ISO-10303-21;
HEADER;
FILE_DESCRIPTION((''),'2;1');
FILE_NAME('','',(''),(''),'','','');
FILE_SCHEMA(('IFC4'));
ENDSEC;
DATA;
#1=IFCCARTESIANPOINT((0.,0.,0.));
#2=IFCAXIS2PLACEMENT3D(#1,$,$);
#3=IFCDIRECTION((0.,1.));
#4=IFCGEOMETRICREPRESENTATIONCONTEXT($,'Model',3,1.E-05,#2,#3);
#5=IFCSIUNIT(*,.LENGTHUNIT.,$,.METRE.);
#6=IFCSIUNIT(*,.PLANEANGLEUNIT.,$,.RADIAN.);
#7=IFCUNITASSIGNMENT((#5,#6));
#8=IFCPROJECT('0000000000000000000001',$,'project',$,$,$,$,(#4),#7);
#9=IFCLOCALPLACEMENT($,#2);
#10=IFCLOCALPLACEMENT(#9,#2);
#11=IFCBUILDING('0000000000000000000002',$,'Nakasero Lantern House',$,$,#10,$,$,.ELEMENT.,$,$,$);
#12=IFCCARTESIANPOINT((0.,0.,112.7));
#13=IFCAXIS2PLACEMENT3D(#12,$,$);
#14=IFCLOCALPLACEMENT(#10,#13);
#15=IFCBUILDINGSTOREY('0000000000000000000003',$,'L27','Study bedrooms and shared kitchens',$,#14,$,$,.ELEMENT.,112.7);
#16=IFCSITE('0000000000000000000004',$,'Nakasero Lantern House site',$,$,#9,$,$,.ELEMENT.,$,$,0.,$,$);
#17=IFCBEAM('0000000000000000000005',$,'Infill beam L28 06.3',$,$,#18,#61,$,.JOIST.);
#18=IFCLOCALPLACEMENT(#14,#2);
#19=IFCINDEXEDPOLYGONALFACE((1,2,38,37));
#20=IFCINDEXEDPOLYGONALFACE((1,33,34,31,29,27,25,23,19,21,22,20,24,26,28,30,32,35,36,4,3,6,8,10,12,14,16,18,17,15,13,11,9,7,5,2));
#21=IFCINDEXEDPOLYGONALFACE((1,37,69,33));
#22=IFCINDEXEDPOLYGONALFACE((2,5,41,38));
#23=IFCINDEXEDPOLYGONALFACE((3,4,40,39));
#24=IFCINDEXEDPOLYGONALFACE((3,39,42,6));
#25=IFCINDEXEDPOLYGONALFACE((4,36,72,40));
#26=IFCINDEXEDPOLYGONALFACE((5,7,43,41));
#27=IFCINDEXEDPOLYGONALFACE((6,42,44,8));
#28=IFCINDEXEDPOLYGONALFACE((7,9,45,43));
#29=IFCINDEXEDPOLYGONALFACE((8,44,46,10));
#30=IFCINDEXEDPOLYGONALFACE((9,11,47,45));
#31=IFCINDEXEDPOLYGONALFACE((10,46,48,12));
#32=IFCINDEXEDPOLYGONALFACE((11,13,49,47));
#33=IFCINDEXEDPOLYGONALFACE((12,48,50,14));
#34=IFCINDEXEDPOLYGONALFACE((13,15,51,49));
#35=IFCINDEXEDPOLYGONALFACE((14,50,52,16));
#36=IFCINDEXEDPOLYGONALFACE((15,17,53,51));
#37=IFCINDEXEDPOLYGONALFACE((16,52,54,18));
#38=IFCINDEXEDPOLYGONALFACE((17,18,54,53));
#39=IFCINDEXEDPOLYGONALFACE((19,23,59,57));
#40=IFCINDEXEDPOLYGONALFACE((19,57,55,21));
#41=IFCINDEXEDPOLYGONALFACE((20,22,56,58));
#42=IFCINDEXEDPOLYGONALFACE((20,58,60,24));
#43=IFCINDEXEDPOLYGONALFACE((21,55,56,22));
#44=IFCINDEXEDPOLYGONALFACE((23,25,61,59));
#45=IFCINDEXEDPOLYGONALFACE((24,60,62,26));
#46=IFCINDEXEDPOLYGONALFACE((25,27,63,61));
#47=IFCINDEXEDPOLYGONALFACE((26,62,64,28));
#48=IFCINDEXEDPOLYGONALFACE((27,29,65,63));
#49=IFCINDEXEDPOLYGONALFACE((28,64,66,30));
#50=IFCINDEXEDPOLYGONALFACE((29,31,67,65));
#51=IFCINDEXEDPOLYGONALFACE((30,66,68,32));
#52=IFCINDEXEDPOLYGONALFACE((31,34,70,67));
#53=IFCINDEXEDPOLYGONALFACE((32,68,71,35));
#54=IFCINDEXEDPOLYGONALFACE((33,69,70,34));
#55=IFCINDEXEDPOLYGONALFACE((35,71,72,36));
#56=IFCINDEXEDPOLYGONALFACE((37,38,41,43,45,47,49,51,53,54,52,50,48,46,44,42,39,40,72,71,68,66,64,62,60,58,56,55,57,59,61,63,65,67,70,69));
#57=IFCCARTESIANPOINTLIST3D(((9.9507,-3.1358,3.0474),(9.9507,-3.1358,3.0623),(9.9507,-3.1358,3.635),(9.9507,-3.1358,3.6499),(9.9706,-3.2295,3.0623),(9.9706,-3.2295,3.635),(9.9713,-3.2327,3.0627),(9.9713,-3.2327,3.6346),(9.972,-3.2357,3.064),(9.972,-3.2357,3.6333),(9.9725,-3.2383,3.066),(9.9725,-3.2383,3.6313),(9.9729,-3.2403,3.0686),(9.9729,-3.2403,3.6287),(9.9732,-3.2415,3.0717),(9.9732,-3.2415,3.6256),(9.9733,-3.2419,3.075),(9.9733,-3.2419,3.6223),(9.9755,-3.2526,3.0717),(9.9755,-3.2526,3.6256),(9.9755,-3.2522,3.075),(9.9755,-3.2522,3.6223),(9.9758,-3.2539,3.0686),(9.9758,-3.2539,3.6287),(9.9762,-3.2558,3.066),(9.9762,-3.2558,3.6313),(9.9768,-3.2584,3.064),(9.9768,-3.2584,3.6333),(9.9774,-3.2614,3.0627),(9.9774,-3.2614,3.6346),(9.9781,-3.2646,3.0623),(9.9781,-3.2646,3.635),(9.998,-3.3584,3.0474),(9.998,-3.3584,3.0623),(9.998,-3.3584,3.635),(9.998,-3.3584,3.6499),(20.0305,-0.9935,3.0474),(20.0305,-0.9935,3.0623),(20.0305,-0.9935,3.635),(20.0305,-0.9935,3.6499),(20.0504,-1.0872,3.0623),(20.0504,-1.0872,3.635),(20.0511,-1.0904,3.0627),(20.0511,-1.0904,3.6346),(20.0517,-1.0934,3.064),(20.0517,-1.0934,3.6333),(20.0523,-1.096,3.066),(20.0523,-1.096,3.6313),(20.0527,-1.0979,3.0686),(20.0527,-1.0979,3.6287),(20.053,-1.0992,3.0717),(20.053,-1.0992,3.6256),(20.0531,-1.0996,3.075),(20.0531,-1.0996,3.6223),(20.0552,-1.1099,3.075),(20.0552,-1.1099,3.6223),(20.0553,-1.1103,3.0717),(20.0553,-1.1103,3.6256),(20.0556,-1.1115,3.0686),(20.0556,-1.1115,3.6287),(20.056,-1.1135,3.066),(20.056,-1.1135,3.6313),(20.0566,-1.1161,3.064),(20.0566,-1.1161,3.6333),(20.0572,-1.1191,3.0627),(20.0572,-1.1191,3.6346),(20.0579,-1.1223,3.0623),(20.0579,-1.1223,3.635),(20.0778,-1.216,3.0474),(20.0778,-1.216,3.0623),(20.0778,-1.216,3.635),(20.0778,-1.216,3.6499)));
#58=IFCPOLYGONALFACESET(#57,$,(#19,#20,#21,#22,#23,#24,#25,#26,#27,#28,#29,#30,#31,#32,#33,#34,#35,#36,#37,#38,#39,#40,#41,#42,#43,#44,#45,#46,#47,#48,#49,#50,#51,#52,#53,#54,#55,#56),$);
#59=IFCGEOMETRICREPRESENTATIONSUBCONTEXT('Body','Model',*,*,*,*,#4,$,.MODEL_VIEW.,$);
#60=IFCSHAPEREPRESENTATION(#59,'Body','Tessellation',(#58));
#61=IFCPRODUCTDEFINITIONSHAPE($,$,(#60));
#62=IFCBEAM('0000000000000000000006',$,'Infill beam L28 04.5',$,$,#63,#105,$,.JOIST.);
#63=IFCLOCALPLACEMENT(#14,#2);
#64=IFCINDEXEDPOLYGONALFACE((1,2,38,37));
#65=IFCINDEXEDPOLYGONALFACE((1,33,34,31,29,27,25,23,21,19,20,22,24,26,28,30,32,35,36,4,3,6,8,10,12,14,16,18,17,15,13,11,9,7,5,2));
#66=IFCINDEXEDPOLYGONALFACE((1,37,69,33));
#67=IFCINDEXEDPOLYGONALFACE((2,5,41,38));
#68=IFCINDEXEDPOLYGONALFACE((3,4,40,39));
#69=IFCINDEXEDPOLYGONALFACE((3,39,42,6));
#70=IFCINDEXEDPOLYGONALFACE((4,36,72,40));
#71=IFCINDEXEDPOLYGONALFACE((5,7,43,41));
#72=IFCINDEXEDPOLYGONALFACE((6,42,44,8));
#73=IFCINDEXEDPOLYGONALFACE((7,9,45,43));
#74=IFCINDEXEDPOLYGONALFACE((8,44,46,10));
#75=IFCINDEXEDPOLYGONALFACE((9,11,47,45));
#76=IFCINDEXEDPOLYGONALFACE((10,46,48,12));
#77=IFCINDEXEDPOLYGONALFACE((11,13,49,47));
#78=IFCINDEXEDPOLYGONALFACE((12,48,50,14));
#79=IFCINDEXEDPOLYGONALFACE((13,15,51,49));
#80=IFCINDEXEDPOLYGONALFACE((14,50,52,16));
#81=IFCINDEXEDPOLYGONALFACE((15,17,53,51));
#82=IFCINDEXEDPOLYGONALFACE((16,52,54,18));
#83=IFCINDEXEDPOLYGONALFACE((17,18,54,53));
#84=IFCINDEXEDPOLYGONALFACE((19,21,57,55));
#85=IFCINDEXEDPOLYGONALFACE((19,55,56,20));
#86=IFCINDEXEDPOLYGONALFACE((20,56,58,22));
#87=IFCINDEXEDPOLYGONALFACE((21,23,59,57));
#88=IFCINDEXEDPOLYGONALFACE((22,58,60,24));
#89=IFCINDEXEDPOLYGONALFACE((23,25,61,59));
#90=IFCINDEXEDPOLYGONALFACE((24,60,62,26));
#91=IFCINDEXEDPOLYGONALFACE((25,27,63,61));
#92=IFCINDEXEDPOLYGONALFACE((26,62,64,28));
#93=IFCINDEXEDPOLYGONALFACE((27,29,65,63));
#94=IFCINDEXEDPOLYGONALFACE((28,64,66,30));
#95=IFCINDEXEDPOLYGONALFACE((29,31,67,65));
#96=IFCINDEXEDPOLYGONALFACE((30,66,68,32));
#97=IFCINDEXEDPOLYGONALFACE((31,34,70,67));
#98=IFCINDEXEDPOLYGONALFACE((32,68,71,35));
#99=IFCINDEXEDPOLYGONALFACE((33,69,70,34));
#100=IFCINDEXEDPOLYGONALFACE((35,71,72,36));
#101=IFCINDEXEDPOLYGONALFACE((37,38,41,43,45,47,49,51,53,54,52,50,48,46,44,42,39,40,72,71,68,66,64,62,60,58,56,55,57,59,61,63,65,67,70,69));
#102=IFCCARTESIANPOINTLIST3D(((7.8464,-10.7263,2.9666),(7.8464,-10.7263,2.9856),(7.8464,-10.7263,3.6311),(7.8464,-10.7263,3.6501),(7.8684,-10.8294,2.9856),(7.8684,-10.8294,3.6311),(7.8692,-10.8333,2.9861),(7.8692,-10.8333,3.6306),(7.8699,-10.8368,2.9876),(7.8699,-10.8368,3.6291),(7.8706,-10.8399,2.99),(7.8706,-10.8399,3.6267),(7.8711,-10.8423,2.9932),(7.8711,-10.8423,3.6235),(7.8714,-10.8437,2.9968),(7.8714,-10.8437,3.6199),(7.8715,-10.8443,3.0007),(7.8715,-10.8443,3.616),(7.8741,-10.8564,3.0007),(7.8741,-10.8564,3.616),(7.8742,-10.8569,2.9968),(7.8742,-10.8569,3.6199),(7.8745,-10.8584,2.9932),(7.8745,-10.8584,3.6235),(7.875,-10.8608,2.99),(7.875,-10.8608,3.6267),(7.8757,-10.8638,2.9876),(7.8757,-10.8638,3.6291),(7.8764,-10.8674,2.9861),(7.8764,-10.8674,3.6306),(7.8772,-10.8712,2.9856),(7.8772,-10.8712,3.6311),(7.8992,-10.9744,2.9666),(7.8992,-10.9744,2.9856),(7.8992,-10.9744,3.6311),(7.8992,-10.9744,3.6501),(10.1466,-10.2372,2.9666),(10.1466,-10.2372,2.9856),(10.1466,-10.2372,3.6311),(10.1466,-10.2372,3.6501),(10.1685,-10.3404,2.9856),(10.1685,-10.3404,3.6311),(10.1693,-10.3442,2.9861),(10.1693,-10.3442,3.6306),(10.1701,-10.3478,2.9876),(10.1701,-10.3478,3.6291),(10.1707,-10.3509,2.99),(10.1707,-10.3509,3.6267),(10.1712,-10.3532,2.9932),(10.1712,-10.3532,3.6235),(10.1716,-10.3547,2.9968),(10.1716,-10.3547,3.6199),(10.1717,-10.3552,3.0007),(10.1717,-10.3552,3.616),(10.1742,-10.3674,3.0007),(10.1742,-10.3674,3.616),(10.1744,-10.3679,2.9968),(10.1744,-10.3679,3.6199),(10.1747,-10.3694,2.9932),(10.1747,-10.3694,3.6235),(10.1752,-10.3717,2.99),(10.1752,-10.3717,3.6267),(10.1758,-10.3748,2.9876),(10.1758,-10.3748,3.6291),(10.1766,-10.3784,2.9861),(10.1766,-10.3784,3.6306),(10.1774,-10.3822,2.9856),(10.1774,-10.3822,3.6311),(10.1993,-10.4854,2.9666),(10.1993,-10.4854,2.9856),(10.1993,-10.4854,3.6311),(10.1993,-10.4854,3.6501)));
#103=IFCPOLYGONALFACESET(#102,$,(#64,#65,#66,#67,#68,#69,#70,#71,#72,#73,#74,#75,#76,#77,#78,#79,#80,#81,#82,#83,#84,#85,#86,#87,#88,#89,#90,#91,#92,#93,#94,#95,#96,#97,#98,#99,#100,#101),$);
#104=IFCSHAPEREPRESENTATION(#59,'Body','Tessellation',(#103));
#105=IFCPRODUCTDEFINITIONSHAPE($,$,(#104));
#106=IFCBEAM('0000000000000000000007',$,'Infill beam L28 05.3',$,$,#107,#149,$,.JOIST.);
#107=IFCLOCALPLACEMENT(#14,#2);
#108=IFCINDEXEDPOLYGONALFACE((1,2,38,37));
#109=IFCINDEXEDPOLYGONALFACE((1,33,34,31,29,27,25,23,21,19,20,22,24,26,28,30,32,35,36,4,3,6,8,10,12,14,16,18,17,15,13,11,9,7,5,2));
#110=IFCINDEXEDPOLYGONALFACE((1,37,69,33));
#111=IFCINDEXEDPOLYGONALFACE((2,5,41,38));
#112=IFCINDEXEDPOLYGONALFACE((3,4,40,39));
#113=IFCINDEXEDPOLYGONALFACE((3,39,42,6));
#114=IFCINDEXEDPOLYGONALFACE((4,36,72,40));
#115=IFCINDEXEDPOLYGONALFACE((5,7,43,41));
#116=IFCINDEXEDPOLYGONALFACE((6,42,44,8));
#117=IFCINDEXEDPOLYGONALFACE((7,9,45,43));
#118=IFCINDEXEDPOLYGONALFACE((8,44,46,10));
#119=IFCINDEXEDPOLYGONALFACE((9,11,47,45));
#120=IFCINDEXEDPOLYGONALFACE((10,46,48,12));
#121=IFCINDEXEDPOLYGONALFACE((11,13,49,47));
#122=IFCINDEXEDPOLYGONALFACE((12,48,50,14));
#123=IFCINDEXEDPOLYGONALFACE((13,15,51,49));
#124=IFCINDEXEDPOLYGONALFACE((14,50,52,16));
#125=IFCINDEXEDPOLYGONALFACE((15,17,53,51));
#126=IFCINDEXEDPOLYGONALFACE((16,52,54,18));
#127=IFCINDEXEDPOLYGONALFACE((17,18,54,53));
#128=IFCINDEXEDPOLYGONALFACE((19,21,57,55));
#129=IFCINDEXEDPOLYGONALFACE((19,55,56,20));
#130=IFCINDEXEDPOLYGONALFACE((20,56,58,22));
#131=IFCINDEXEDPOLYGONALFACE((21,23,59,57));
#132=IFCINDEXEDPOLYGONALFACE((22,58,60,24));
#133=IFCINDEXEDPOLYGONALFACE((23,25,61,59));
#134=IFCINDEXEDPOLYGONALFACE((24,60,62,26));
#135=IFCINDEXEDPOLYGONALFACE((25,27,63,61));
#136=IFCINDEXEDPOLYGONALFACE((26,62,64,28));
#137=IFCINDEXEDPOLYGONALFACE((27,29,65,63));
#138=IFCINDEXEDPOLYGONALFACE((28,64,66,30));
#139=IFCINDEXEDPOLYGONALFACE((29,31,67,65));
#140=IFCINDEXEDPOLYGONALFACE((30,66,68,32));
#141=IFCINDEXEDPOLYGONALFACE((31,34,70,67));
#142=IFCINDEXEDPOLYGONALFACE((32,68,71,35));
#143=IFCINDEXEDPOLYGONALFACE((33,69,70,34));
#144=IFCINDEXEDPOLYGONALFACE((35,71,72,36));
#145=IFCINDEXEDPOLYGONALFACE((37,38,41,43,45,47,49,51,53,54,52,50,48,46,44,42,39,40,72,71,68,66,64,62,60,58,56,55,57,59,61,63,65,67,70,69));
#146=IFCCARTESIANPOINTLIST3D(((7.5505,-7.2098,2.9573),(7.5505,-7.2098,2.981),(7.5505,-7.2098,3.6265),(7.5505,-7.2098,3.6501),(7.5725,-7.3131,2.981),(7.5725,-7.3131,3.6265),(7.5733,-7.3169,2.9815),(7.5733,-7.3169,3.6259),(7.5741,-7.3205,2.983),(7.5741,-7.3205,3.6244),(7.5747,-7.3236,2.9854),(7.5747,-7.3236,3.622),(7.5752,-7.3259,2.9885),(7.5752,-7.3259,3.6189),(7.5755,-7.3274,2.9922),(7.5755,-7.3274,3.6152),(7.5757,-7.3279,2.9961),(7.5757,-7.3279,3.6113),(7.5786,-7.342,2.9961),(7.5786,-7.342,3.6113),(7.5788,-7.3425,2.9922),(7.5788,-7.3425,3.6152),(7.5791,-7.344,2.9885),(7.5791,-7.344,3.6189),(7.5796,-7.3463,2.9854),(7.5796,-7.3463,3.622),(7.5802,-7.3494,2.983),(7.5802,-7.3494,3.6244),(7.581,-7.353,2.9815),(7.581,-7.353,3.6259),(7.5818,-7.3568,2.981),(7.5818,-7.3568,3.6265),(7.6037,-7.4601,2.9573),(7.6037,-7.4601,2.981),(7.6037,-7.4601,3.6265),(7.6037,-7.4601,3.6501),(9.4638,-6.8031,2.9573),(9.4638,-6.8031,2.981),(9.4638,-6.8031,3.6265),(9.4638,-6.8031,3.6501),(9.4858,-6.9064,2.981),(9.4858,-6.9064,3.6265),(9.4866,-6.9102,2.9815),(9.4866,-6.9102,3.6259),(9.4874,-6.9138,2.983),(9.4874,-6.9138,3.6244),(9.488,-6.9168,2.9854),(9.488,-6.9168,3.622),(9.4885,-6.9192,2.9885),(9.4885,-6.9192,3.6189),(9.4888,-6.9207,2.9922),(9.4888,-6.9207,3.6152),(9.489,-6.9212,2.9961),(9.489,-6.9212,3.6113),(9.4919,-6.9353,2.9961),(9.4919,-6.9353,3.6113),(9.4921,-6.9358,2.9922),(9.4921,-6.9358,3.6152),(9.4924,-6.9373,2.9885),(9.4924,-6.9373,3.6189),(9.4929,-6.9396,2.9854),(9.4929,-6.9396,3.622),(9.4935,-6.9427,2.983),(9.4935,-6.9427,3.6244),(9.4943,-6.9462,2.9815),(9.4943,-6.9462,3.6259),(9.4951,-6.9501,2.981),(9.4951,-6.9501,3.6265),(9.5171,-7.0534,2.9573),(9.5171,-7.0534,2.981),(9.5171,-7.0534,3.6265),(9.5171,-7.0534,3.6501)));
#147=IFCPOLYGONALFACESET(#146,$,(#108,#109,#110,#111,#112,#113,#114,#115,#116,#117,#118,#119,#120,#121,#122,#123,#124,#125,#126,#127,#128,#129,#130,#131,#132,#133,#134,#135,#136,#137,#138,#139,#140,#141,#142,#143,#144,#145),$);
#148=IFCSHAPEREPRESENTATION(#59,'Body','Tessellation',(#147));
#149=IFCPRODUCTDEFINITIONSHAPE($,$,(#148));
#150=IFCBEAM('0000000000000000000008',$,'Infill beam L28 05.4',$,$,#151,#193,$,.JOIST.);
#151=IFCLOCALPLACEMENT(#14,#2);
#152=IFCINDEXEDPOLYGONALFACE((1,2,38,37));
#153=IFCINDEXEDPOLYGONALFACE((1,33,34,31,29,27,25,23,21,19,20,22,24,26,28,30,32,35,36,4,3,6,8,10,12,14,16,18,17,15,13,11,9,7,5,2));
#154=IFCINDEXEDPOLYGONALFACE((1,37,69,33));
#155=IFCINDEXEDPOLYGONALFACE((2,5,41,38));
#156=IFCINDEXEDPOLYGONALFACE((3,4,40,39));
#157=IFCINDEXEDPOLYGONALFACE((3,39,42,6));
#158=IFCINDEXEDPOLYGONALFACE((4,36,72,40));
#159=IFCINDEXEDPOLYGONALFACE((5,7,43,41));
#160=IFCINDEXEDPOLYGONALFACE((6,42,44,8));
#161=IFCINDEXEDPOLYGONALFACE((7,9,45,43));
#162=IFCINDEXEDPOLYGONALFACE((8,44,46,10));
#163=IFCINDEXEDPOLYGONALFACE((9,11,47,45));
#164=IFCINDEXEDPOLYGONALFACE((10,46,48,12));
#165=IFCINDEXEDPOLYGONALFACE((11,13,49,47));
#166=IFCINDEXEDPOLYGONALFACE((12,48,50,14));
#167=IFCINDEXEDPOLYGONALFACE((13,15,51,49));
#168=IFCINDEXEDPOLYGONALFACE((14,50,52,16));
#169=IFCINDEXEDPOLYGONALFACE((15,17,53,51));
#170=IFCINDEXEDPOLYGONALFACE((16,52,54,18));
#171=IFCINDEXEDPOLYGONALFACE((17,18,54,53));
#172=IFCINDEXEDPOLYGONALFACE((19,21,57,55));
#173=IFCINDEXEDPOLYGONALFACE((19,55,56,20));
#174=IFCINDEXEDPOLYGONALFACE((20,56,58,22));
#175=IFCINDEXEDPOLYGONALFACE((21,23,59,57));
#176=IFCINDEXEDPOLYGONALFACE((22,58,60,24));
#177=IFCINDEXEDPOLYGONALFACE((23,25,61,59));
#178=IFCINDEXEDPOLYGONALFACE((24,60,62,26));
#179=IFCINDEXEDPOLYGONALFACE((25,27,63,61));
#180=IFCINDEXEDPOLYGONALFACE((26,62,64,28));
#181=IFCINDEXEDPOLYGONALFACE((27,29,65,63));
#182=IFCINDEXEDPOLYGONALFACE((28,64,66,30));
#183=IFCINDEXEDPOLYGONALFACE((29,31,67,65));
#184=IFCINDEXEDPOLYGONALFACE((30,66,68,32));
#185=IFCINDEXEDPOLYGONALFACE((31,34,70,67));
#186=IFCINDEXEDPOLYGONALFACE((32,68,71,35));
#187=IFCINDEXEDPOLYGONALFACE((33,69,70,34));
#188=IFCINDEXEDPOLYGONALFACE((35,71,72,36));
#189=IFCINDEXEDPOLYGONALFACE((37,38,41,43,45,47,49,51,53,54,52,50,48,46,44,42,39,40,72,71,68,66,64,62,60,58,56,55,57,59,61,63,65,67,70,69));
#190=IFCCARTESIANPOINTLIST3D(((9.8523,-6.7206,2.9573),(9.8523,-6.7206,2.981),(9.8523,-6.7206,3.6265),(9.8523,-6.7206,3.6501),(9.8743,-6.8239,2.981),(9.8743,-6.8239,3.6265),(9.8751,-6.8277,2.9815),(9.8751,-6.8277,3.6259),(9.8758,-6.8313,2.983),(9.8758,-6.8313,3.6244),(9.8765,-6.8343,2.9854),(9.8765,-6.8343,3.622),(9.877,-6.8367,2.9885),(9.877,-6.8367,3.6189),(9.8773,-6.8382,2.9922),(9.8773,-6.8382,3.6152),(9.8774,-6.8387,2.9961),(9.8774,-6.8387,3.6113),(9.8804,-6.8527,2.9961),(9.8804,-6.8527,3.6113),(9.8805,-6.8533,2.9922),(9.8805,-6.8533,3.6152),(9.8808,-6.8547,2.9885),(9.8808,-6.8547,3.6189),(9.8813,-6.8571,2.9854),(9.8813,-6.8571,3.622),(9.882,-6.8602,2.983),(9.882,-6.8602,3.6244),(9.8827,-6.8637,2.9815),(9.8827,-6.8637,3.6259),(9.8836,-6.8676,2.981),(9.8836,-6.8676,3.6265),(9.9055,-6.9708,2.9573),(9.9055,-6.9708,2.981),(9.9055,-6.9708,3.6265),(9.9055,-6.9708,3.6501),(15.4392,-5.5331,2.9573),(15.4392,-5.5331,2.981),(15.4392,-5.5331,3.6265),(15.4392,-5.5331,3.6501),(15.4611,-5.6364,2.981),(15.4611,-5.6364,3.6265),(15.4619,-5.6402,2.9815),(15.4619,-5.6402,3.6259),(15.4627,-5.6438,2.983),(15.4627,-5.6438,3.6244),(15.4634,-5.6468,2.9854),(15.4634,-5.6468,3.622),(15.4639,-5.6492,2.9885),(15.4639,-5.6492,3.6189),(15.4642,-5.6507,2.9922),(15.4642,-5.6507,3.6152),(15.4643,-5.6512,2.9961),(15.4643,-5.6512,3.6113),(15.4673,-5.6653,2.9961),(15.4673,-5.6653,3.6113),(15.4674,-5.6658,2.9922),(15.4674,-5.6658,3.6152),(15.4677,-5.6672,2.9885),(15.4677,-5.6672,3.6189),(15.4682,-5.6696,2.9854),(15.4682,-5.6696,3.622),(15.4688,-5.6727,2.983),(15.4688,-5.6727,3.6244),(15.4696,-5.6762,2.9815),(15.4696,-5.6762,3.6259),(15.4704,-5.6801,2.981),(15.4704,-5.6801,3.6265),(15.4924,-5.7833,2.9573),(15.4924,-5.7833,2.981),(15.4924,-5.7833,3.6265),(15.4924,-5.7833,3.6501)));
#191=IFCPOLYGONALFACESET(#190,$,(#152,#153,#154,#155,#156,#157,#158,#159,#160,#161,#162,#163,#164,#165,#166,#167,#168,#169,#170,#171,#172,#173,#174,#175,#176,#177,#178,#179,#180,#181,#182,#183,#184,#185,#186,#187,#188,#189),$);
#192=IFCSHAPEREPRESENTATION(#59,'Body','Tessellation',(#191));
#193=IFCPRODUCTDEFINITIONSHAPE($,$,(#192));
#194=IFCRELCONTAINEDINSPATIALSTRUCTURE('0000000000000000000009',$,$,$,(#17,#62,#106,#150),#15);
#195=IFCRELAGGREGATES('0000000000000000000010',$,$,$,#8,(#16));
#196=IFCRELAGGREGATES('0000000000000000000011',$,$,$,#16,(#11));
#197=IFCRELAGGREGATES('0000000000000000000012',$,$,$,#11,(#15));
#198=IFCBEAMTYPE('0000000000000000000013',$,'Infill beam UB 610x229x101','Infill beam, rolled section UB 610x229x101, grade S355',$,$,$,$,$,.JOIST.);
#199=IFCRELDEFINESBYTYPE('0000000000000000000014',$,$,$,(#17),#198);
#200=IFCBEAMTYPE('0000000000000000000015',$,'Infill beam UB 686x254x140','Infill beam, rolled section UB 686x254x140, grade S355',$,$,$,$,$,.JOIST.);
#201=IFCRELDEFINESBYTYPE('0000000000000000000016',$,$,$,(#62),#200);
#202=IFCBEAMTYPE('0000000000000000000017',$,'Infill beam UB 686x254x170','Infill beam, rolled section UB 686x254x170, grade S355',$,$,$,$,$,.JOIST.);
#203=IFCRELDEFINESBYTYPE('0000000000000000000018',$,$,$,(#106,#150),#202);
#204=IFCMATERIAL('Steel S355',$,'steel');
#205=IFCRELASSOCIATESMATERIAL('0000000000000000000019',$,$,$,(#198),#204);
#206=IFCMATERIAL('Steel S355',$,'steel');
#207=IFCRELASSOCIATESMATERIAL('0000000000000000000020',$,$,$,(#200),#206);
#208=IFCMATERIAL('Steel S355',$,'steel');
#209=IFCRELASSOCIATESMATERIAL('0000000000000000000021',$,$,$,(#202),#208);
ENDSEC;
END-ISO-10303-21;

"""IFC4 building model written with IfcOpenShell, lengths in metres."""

from ifc_helpers import new_model, si_unit, direction, frame, origin, origin_2d, place, context, subcontext, project, spatial, i_section, extrude, material, material_profile, profile_set, type_object, element, save


model = new_model("IFC4")

# Units and contexts
model_context = context("Model", 3, precision=1e-05, world=origin(), true_north=direction((0.0, 1.0)))
body_context = subcontext(model_context, "Body", "Model", "MODEL_VIEW")
ifc_project = project(units=[si_unit("LENGTHUNIT", "METRE"), si_unit("PLANEANGLEUNIT", "RADIAN")], contexts=[model_context])

# Site, building, storey
site_placement = place(None, origin())
site = spatial("IfcSite", under=ifc_project, at=site_placement, Name="Nakasero Lantern House site", CompositionType="ELEMENT", RefElevation=0.0)
building_placement = place(site_placement, origin())
building = spatial("IfcBuilding", under=site, at=building_placement, Name="Nakasero Lantern House", CompositionType="ELEMENT")
storey_placement = place(building_placement, frame((0.0, 0.0, 112.7)))
storey = spatial("IfcBuildingStorey", under=building, at=storey_placement, Name="L27", Description="Study bedrooms and shared kitchens", CompositionType="ELEMENT", Elevation=112.7)

# Beams
ifc_material_1 = material(Name="Steel S355", Category="steel")
ifc_material_profile_1 = material_profile(ifc_material_1, i_section(OverallWidth=0.2275, OverallDepth=0.6025, WebThickness=0.0105, FlangeThickness=0.0149, FilletRadius=0.0127, at=origin_2d()), Name="UB 610x229x101")
ifc_profile_set_1 = profile_set([ifc_material_profile_1], Name="Steel S355")
beam_type_1 = type_object("IfcBeamType", Name="Infill beam UB 610x229x101", Description="Infill beam, rolled section UB 610x229x101, grade S355", PredefinedType="JOIST", material=ifc_profile_set_1)
beam_1_placement = place(storey_placement, frame((9.9744, -3.2471, 3.3486), z_axis=(0.978152, 0.207893, 0.0), x_axis=(-0.207893, 0.978152, 0.0)))
element("IfcBeam", 1, at=beam_1_placement, inside=storey, type_object=beam_type_1, Name="Infill beam L28 06.3", PredefinedType="JOIST", context=body_context, shape_type="SweptSolid", body=[
    extrude(i_section(OverallWidth=0.2275, OverallDepth=0.6025, WebThickness=0.0105, FlangeThickness=0.0149, FilletRadius=0.0127, at=origin_2d()), origin(), (0.0, 0.0, 1.0), 10.3049),
])
ifc_material_2 = material(Name="Steel S355", Category="steel")
ifc_material_profile_2 = material_profile(ifc_material_2, i_section(OverallWidth=0.2537, OverallDepth=0.6836, WebThickness=0.0125, FlangeThickness=0.019, FilletRadius=0.0151, at=origin_2d()), Name="UB 686x254x140")
ifc_profile_set_2 = profile_set([ifc_material_profile_2], Name="Steel S355")
beam_type_2 = type_object("IfcBeamType", Name="Infill beam UB 686x254x140", Description="Infill beam, rolled section UB 686x254x140, grade S355", PredefinedType="JOIST", material=ifc_profile_set_2)
beam_2_placement = place(storey_placement, frame((7.8728, -10.8503, 3.3083), z_axis=(0.978137, 0.207962, 0.0), x_axis=(-0.207962, 0.978137, 0.0)))
element("IfcBeam", 2, at=beam_2_placement, inside=storey, type_object=beam_type_2, Name="Infill beam L28 04.5", PredefinedType="JOIST", context=body_context, shape_type="SweptSolid", body=[
    extrude(i_section(OverallWidth=0.2537, OverallDepth=0.6836, WebThickness=0.0125, FlangeThickness=0.019, FilletRadius=0.0151, at=origin_2d()), origin(), (0.0, 0.0, 1.0), 2.3516),
])
ifc_material_3 = material(Name="Steel S355", Category="steel")
ifc_material_profile_3 = material_profile(ifc_material_3, i_section(OverallWidth=0.2559, OverallDepth=0.6929, WebThickness=0.0144, FlangeThickness=0.0237, FilletRadius=0.0151, at=origin_2d()), Name="UB 686x254x170")
ifc_profile_set_3 = profile_set([ifc_material_profile_3], Name="Steel S355")
beam_type_3 = type_object("IfcBeamType", Name="Infill beam UB 686x254x170", Description="Infill beam, rolled section UB 686x254x170, grade S355", PredefinedType="JOIST", material=ifc_profile_set_3)
beam_3_placement = place(storey_placement, frame((7.5771, -7.335, 3.3037), z_axis=(0.978143, 0.207935, 0.0), x_axis=(-0.207935, 0.978143, 0.0)))
element("IfcBeam", 3, at=beam_3_placement, inside=storey, type_object=beam_type_3, Name="Infill beam L28 05.3", PredefinedType="JOIST", context=body_context, shape_type="SweptSolid", body=[
    extrude(i_section(OverallWidth=0.2559, OverallDepth=0.6929, WebThickness=0.0144, FlangeThickness=0.0237, FilletRadius=0.0151, at=origin_2d()), origin(), (0.0, 0.0, 1.0), 1.9561),
])
beam_4_placement = place(storey_placement, frame((9.8789, -6.8457, 3.3037), z_axis=(0.978149, 0.207906, 0.0), x_axis=(-0.207906, 0.978149, 0.0)))
element("IfcBeam", 4, at=beam_4_placement, inside=storey, type_object=beam_type_3, Name="Infill beam L28 05.4", PredefinedType="JOIST", context=body_context, shape_type="SweptSolid", body=[
    extrude(i_section(OverallWidth=0.2559, OverallDepth=0.6929, WebThickness=0.0144, FlangeThickness=0.0237, FilletRadius=0.0151, at=origin_2d()), origin(), (0.0, 0.0, 1.0), 5.7117),
])

save(model, "model.ifc")
